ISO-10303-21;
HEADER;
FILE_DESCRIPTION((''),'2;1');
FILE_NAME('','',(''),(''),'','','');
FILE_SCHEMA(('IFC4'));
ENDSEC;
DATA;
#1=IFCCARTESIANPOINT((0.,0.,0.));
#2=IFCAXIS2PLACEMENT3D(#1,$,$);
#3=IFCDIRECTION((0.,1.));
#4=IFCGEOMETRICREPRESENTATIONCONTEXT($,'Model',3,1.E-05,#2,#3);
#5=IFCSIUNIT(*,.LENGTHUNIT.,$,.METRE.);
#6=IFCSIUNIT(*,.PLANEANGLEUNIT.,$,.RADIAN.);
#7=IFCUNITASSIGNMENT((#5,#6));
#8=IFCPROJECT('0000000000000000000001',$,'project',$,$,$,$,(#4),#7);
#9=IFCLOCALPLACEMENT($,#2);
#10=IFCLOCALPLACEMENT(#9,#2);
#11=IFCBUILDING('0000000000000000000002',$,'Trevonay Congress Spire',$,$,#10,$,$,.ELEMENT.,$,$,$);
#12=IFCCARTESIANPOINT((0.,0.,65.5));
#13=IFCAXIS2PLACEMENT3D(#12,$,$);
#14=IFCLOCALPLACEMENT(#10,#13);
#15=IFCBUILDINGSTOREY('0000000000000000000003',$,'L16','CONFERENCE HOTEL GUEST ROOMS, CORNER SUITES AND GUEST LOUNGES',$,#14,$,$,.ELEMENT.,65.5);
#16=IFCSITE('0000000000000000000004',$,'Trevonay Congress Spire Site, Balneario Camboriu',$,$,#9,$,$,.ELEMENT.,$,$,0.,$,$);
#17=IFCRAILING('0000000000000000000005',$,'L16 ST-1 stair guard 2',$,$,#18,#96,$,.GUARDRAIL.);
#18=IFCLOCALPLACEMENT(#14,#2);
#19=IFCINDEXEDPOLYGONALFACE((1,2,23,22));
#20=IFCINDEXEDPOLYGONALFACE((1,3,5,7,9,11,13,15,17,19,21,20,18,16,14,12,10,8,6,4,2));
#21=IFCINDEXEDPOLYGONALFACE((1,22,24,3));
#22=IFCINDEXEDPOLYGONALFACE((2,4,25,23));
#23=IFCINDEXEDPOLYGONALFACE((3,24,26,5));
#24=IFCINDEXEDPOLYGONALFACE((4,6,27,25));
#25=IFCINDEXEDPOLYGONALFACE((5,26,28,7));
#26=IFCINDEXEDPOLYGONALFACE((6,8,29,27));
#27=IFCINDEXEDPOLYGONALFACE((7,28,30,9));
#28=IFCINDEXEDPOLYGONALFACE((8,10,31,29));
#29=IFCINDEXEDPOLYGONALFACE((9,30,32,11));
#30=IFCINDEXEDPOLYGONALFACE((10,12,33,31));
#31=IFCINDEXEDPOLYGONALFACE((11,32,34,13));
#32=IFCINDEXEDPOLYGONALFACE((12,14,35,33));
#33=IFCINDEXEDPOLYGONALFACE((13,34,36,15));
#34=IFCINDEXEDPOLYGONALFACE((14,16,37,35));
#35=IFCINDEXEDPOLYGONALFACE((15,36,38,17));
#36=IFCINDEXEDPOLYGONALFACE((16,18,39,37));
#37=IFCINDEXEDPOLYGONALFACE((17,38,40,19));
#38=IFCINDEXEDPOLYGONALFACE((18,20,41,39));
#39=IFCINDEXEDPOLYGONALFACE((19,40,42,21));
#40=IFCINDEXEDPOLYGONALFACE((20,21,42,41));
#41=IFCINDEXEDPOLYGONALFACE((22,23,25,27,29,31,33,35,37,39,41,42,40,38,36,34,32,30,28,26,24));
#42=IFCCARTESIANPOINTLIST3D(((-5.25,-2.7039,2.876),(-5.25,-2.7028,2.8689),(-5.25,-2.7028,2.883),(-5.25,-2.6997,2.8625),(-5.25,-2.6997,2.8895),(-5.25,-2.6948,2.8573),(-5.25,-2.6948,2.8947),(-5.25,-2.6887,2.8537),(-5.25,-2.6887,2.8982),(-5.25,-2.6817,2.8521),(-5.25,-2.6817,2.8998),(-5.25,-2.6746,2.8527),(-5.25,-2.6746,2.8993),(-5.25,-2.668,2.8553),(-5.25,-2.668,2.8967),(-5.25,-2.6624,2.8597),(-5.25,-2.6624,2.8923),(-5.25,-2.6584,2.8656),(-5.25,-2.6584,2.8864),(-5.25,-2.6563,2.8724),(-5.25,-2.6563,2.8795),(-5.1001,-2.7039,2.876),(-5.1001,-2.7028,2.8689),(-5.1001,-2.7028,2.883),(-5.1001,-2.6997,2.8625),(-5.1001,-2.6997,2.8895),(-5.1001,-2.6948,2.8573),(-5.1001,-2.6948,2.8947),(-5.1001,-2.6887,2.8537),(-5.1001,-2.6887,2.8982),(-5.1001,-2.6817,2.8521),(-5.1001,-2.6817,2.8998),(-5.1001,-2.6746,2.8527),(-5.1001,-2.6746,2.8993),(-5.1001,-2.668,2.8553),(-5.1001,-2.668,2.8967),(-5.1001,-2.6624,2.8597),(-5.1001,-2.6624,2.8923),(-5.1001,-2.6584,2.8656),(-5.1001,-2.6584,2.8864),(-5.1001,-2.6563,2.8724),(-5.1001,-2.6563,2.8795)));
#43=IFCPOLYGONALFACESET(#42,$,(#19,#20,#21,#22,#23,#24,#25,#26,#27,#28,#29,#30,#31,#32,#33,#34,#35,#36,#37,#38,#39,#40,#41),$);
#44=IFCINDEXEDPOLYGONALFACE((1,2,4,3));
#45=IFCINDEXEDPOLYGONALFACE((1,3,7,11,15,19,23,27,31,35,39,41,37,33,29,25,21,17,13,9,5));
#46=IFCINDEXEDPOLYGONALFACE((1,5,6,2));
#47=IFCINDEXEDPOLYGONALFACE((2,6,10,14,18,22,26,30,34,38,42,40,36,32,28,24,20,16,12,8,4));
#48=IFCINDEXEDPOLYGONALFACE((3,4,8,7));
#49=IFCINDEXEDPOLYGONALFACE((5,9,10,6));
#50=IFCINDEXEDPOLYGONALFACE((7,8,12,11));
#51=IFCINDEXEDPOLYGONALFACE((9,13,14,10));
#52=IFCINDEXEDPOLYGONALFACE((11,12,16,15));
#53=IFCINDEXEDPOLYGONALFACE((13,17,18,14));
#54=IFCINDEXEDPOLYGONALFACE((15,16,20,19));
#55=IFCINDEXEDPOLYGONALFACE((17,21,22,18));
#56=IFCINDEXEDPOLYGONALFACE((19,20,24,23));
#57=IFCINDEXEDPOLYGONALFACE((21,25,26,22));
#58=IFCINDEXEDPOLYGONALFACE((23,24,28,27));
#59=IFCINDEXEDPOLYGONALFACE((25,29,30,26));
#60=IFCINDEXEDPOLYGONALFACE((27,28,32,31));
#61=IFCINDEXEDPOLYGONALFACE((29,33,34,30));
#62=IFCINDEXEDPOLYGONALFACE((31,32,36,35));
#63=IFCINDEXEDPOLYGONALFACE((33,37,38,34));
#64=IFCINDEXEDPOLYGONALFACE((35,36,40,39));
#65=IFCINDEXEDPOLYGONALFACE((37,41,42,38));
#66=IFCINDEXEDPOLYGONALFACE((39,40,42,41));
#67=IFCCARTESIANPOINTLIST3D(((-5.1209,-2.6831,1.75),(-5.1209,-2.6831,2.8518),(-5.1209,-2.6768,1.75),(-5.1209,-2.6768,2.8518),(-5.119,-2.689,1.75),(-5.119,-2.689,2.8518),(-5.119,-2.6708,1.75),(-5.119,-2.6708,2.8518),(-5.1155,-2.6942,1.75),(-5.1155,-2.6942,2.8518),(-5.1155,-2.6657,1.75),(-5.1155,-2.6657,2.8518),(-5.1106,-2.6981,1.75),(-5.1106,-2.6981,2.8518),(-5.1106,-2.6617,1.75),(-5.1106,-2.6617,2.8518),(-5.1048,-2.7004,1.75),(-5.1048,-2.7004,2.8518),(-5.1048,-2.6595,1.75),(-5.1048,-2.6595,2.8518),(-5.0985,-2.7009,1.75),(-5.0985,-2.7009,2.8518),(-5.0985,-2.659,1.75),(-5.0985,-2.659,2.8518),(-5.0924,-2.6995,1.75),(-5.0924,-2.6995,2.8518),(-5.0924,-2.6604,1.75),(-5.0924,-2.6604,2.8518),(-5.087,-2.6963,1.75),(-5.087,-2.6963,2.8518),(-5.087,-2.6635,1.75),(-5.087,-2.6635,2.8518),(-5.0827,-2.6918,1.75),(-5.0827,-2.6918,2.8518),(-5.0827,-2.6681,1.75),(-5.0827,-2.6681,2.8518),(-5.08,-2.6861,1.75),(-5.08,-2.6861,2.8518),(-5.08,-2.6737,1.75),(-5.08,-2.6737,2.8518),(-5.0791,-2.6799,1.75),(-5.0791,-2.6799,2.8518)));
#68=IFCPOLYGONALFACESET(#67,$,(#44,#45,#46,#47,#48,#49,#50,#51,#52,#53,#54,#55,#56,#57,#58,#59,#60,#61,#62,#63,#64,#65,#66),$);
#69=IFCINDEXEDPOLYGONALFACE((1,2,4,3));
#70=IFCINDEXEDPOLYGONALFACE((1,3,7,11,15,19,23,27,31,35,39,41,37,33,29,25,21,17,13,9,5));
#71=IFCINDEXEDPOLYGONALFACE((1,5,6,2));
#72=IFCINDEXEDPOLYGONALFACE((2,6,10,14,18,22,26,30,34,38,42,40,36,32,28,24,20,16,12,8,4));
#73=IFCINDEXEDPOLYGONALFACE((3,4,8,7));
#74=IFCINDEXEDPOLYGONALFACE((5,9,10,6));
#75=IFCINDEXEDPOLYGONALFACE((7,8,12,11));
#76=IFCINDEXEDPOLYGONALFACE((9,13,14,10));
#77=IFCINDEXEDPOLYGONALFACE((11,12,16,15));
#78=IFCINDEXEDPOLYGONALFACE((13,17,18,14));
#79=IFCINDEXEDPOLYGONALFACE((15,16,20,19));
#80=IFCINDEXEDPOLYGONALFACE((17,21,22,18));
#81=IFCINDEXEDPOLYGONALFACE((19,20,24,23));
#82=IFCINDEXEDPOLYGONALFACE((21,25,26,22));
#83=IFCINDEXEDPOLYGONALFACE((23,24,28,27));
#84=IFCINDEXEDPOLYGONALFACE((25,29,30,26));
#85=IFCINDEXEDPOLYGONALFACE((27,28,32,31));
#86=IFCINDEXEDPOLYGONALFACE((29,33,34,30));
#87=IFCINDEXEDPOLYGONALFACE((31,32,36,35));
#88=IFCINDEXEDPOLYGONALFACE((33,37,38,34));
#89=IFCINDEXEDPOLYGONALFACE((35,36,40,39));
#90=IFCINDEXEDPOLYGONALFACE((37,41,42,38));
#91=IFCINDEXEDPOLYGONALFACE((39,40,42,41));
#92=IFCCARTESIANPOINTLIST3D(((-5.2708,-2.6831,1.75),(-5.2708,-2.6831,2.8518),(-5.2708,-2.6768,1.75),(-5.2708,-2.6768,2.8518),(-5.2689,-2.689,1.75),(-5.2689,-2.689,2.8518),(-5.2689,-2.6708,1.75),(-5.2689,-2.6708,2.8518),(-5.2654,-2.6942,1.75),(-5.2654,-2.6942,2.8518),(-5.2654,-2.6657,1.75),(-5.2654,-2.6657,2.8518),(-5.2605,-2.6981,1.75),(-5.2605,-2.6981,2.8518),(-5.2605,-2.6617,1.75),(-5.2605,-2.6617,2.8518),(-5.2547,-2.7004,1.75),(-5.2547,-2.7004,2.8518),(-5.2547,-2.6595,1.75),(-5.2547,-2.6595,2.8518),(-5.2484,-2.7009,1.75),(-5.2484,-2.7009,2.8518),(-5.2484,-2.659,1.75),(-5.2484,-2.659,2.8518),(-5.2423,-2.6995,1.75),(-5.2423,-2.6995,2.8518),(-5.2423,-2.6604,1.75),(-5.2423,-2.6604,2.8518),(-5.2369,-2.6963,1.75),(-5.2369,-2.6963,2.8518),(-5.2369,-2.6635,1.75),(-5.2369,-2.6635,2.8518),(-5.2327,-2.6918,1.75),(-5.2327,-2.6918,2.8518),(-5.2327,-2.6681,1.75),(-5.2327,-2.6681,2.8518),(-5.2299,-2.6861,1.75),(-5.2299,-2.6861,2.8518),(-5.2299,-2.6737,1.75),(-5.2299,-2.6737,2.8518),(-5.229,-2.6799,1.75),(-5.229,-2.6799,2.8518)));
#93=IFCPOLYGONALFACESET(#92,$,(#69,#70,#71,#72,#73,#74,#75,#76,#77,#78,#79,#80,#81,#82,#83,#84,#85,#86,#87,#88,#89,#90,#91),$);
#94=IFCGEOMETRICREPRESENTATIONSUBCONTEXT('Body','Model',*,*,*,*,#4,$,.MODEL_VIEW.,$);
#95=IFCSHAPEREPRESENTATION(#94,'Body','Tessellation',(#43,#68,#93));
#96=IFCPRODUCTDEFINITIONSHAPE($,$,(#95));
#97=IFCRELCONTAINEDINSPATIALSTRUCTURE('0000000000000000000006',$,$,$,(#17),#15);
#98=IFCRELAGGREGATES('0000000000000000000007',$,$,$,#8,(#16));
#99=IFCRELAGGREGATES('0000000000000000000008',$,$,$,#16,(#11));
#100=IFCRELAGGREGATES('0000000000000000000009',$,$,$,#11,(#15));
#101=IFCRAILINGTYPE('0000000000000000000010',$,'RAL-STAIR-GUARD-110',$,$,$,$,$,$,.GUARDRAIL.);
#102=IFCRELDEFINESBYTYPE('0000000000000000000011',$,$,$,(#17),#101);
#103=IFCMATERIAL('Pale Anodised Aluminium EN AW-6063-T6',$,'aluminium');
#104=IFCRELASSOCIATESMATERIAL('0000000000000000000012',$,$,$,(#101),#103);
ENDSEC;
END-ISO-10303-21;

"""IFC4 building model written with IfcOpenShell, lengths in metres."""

from ifc_helpers import new_model, si_unit, direction, frame, origin, origin_2d, place, context, subcontext, project, spatial, circle, extrude, material, type_object, element, save


model = new_model("IFC4")

# Units and contexts
model_context = context("Model", 3, precision=1e-05, world=origin(), true_north=direction((0.0, 1.0)))
body_context = subcontext(model_context, "Body", "Model", "MODEL_VIEW")
ifc_project = project(units=[si_unit("LENGTHUNIT", "METRE"), si_unit("PLANEANGLEUNIT", "RADIAN")], contexts=[model_context])

# Site, building, storey
site_placement = place(None, origin())
site = spatial("IfcSite", under=ifc_project, at=site_placement, Name="Trevonay Congress Spire Site, Balneario Camboriu", CompositionType="ELEMENT", RefElevation=0.0)
building_placement = place(site_placement, origin())
building = spatial("IfcBuilding", under=site, at=building_placement, Name="Trevonay Congress Spire", CompositionType="ELEMENT")
storey_placement = place(building_placement, frame((0.0, 0.0, 65.5)))
storey = spatial("IfcBuildingStorey", under=building, at=storey_placement, Name="L16", Description="CONFERENCE HOTEL GUEST ROOMS, CORNER SUITES AND GUEST LOUNGES", CompositionType="ELEMENT", Elevation=65.5)

# Shared definitions
ifc_material_1 = material(Name="Pale Anodised Aluminium EN AW-6063-T6", Category="aluminium")

# Railing
railing_type_1 = type_object("IfcRailingType", Name="RAL-STAIR-GUARD-110", PredefinedType="GUARDRAIL", material=ifc_material_1)
railing_1_placement = place(storey_placement, frame((-5.1001, -2.6799, 1.75)))
element("IfcRailing", 1, at=railing_1_placement, inside=storey, type_object=railing_type_1, Name="L16 ST-1 stair guard 2", PredefinedType="GUARDRAIL", context=body_context, shape_type="SweptSolid", body=[
    extrude(circle(Radius=0.0239, at=origin_2d()), frame((0.0, 0.0, 1.126), z_axis=(-1.0, 0.0, 0.0), x_axis=(0.0, -1.0, 0.0)), (0.0, 0.0, 1.0), 0.1499),
    extrude(circle(Radius=0.021, at=origin_2d()), origin(), (0.0, 0.0, 1.0), 1.1018),
    extrude(circle(Radius=0.021, at=origin_2d()), frame((-0.1499, 0.0, 0.0)), (0.0, 0.0, 1.0), 1.1018),
])

save(model, "model.ifc")
